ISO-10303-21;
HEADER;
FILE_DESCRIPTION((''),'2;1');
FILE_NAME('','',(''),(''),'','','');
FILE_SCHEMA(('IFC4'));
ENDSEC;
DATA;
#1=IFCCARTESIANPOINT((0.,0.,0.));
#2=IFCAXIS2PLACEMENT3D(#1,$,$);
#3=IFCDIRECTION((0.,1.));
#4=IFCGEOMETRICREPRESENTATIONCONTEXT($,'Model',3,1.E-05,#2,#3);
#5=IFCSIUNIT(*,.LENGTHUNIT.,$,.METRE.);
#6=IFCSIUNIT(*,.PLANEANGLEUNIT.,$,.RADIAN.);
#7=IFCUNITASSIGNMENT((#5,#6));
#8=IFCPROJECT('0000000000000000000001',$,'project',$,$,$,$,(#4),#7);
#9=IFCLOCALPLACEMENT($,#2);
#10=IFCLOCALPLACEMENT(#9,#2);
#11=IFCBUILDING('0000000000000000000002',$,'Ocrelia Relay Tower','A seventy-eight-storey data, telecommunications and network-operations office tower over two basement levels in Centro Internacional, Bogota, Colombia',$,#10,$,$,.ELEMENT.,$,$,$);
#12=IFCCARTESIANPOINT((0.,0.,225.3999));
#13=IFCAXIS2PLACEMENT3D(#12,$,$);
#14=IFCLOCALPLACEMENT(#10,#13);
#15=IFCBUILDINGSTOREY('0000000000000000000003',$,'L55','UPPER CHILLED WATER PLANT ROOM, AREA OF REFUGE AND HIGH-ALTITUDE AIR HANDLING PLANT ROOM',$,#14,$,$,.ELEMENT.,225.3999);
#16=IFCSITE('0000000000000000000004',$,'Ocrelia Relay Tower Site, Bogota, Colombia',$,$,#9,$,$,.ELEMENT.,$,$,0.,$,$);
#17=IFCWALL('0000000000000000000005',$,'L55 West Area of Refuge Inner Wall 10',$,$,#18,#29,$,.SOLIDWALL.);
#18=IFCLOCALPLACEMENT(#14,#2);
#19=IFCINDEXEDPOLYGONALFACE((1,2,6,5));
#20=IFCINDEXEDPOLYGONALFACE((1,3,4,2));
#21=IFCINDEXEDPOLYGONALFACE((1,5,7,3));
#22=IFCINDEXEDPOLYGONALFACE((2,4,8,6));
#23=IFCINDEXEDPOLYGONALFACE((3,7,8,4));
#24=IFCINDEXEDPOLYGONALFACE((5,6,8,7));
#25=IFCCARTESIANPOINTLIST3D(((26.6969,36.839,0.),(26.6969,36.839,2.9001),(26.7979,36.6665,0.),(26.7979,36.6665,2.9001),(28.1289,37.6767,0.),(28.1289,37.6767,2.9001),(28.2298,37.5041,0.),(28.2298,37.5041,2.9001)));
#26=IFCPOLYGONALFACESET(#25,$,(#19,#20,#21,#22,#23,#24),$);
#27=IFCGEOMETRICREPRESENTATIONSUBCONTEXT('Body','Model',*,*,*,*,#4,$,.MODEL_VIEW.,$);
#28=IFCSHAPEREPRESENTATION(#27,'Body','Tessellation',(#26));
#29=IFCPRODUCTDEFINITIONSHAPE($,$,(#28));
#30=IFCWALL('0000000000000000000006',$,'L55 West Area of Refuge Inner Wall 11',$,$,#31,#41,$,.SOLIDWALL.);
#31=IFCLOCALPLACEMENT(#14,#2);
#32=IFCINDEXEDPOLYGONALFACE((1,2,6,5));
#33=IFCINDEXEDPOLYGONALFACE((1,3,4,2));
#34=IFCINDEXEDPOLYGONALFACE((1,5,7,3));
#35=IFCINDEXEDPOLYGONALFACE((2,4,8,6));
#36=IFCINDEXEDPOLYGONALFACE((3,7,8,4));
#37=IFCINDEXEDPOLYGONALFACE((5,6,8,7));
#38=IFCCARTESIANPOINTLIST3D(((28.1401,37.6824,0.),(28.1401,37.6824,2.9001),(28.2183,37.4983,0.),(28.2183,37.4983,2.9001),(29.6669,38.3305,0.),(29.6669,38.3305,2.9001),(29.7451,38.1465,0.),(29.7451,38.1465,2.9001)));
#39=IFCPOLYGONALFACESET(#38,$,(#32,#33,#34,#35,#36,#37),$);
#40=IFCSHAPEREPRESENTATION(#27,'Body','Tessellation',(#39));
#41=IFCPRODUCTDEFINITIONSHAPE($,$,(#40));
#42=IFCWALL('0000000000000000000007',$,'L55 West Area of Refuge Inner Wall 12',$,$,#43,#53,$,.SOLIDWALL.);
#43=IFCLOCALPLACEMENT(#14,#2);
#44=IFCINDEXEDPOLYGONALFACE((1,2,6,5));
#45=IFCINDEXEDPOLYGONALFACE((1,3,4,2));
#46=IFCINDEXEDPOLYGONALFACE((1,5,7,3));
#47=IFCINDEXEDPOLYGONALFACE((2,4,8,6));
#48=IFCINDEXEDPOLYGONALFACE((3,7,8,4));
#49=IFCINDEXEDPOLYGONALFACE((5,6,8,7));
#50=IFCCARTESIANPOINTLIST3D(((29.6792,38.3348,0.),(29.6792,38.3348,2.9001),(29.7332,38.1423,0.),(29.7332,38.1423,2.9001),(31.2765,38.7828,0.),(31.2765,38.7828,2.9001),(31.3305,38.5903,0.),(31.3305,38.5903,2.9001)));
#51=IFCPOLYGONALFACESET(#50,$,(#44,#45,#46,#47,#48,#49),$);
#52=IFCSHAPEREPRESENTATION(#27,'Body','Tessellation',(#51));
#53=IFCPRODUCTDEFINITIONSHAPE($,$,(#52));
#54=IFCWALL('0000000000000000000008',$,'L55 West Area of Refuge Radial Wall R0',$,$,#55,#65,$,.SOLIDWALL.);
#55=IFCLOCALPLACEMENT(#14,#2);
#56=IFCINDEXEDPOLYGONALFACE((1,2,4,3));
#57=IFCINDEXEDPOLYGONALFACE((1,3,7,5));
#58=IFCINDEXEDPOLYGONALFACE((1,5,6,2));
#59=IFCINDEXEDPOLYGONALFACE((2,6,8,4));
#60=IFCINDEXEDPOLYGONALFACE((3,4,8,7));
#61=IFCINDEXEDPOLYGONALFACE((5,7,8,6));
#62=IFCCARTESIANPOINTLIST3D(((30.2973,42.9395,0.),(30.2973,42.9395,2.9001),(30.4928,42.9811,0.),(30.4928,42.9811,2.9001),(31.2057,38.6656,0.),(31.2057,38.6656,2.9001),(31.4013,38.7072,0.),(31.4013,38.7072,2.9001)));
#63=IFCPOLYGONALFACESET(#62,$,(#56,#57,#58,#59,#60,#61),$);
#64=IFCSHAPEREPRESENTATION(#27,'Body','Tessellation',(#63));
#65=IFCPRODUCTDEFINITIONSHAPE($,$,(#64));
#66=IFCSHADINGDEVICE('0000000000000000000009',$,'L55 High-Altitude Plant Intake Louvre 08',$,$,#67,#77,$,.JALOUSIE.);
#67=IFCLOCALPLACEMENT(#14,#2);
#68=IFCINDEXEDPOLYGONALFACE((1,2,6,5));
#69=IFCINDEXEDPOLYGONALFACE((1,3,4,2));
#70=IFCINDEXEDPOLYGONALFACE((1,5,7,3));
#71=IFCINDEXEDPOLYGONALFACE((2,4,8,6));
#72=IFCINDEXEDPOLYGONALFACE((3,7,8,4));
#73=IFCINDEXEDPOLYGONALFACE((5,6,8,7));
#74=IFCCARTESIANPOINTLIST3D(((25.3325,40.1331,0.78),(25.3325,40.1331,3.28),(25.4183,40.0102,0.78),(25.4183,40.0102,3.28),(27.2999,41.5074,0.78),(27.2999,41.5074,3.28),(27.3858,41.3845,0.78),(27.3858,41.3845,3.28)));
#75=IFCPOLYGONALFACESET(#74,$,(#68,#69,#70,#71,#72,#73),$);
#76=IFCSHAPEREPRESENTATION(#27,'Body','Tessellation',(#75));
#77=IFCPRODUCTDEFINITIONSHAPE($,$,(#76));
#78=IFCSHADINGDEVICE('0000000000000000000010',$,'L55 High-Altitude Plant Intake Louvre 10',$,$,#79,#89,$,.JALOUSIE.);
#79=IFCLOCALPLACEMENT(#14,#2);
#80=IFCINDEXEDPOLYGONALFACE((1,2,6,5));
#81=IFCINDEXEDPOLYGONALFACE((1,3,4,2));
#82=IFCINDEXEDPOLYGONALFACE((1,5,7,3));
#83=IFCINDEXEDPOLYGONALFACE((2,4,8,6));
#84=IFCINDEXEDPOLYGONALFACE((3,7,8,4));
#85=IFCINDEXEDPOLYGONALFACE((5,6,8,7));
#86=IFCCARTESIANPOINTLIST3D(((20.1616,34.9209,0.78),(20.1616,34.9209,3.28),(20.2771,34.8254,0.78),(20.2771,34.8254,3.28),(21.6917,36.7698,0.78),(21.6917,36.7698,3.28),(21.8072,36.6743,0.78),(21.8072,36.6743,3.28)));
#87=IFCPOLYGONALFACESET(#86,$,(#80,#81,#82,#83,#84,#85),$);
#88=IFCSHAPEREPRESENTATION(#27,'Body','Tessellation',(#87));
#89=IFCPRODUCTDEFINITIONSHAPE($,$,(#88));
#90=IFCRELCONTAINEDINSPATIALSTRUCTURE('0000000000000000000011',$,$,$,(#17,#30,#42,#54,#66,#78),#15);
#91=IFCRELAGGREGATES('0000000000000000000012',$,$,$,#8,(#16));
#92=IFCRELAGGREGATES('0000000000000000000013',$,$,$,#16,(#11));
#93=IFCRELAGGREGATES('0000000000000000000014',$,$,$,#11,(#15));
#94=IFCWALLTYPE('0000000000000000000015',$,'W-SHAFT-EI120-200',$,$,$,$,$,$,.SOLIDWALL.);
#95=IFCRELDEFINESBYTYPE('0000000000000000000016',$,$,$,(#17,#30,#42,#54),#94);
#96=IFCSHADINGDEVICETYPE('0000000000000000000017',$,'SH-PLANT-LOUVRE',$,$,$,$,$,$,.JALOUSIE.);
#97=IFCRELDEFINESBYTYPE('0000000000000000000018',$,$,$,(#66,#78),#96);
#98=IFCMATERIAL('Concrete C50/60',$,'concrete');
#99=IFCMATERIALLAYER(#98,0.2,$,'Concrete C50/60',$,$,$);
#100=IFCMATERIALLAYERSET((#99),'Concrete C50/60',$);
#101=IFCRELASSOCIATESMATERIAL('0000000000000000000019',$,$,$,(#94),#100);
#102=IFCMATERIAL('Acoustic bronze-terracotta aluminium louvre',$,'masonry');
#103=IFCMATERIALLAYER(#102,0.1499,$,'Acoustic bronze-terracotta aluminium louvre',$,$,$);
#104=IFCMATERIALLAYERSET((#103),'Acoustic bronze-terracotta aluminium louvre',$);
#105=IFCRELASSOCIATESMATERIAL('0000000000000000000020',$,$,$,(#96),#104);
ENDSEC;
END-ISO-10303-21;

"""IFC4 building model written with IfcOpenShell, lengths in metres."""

from ifc_helpers import new_model, si_unit, direction, frame, frame_2d, origin, origin_2d, place, context, subcontext, project, spatial, rectangle, extrude, material, layer, layer_set, type_object, element, save


model = new_model("IFC4")

# Units and contexts
model_context = context("Model", 3, precision=1e-05, world=origin(), true_north=direction((0.0, 1.0)))
body_context = subcontext(model_context, "Body", "Model", "MODEL_VIEW")
ifc_project = project(units=[si_unit("LENGTHUNIT", "METRE"), si_unit("PLANEANGLEUNIT", "RADIAN")], contexts=[model_context])

# Site, building, storey
site_placement = place(None, origin())
site = spatial("IfcSite", under=ifc_project, at=site_placement, Name="Ocrelia Relay Tower Site, Bogota, Colombia", CompositionType="ELEMENT", RefElevation=0.0)
building_placement = place(site_placement, origin())
building = spatial("IfcBuilding", under=site, at=building_placement, Name="Ocrelia Relay Tower", Description="A seventy-eight-storey data, telecommunications and network-operations office tower over two basement levels in Centro Internacional, Bogota, Colombia", CompositionType="ELEMENT")
storey_placement = place(building_placement, frame((0.0, 0.0, 225.3999)))
storey = spatial("IfcBuildingStorey", under=building, at=storey_placement, Name="L55", Description="UPPER CHILLED WATER PLANT ROOM, AREA OF REFUGE AND HIGH-ALTITUDE AIR HANDLING PLANT ROOM", CompositionType="ELEMENT", Elevation=225.3999)

# Shared definitions
ifc_material_1 = material(Name="Concrete C50/60", Category="concrete")
ifc_layer_1 = layer(ifc_material_1, 0.2, Name="Concrete C50/60")
ifc_layer_set_1 = layer_set([ifc_layer_1], Name="Concrete C50/60")
wall_type_1 = type_object("IfcWallType", Name="W-SHAFT-EI120-200", PredefinedType="SOLIDWALL", material=ifc_layer_set_1)

# Walls
for number, where, z_axis, x_axis, name in (
    (1, (26.7473, 36.7527, 0.0), (0.0, 0.0, 1.0), (0.863154, 0.504941, 0.0), "L55 West Area of Refuge Inner Wall 10"),
):
    element("IfcWall", number, at=place(storey_placement, frame(where, z_axis=z_axis, x_axis=x_axis)), inside=storey, type_object=wall_type_1, Name=name, PredefinedType="SOLIDWALL", context=body_context, shape_type="SweptSolid", body=[
        extrude(rectangle(XDim=1.6589, YDim=0.2, at=frame_2d((0.8296, 0.0))), origin(), (0.0, 0.0, 1.0), 2.9001),
    ])
wall_1_placement = place(storey_placement, frame((28.1792, 37.5903, 0.0), z_axis=(0.0, 0.0, 1.0), x_axis=(0.920487, 0.390773, 0.0)))
element("IfcWall", 2, at=wall_1_placement, inside=storey, type_object=wall_type_1, Name="L55 West Area of Refuge Inner Wall 11", PredefinedType="SOLIDWALL", context=body_context, shape_type="SweptSolid", body=[
    extrude(rectangle(XDim=1.6587, YDim=0.2, at=frame_2d((0.8293, 0.0))), origin(), (0.0, 0.0, 1.0), 2.9001),
])
wall_2_placement = place(storey_placement, frame((29.7061, 38.2385, 0.0), z_axis=(0.0, 0.0, 1.0), x_axis=(0.962851, 0.270034, 0.0)))
element("IfcWall", 3, at=wall_2_placement, inside=storey, type_object=wall_type_1, Name="L55 West Area of Refuge Inner Wall 12", PredefinedType="SOLIDWALL", context=body_context, shape_type="SweptSolid", body=[
    extrude(rectangle(XDim=1.6589, YDim=0.2, at=frame_2d((0.8296, 0.0))), origin(), (0.0, 0.0, 1.0), 2.9001),
])
wall_3_placement = place(storey_placement, frame((31.3035, 38.6865, 0.0), z_axis=(0.0, 0.0, 1.0), x_axis=(-0.207911, 0.978148, 0.0)))
element("IfcWall", 4, at=wall_3_placement, inside=storey, type_object=wall_type_1, Name="L55 West Area of Refuge Radial Wall R0", PredefinedType="SOLIDWALL", context=body_context, shape_type="SweptSolid", body=[
    extrude(rectangle(XDim=4.3694, YDim=0.2, at=frame_2d((2.1846, 0.0))), origin(), (0.0, 0.0, 1.0), 2.9001),
])

# Shading devices
ifc_material_2 = material(Name="Acoustic bronze-terracotta aluminium louvre", Category="masonry")
ifc_layer_2 = layer(ifc_material_2, 0.1499, Name="Acoustic bronze-terracotta aluminium louvre")
ifc_layer_set_2 = layer_set([ifc_layer_2], Name="Acoustic bronze-terracotta aluminium louvre")
shading_device_type = type_object("IfcShadingDeviceType", Name="SH-PLANT-LOUVRE", PredefinedType="JALOUSIE", material=ifc_layer_set_2)
for number, where, z_axis, x_axis, name in (
    (5, (26.3591, 40.7588, 0.78), (0.0, 0.0, 1.0), (-0.819804, -0.572644, 0.0), "L55 High-Altitude Plant Intake Louvre 08"),
    (6, (20.9844, 35.7976, 0.78), (0.0, 0.0, 1.0), (-0.637555, -0.770405, 0.0), "L55 High-Altitude Plant Intake Louvre 10"),
):
    element("IfcShadingDevice", number, at=place(storey_placement, frame(where, z_axis=z_axis, x_axis=x_axis)), inside=storey, type_object=shading_device_type, Name=name, PredefinedType="JALOUSIE", context=body_context, shape_type="SweptSolid", body=[
        extrude(rectangle(XDim=2.3999, YDim=0.1499, at=origin_2d()), origin(), (0.0, 0.0, 1.0), 2.5),
    ])

save(model, "model.ifc")
